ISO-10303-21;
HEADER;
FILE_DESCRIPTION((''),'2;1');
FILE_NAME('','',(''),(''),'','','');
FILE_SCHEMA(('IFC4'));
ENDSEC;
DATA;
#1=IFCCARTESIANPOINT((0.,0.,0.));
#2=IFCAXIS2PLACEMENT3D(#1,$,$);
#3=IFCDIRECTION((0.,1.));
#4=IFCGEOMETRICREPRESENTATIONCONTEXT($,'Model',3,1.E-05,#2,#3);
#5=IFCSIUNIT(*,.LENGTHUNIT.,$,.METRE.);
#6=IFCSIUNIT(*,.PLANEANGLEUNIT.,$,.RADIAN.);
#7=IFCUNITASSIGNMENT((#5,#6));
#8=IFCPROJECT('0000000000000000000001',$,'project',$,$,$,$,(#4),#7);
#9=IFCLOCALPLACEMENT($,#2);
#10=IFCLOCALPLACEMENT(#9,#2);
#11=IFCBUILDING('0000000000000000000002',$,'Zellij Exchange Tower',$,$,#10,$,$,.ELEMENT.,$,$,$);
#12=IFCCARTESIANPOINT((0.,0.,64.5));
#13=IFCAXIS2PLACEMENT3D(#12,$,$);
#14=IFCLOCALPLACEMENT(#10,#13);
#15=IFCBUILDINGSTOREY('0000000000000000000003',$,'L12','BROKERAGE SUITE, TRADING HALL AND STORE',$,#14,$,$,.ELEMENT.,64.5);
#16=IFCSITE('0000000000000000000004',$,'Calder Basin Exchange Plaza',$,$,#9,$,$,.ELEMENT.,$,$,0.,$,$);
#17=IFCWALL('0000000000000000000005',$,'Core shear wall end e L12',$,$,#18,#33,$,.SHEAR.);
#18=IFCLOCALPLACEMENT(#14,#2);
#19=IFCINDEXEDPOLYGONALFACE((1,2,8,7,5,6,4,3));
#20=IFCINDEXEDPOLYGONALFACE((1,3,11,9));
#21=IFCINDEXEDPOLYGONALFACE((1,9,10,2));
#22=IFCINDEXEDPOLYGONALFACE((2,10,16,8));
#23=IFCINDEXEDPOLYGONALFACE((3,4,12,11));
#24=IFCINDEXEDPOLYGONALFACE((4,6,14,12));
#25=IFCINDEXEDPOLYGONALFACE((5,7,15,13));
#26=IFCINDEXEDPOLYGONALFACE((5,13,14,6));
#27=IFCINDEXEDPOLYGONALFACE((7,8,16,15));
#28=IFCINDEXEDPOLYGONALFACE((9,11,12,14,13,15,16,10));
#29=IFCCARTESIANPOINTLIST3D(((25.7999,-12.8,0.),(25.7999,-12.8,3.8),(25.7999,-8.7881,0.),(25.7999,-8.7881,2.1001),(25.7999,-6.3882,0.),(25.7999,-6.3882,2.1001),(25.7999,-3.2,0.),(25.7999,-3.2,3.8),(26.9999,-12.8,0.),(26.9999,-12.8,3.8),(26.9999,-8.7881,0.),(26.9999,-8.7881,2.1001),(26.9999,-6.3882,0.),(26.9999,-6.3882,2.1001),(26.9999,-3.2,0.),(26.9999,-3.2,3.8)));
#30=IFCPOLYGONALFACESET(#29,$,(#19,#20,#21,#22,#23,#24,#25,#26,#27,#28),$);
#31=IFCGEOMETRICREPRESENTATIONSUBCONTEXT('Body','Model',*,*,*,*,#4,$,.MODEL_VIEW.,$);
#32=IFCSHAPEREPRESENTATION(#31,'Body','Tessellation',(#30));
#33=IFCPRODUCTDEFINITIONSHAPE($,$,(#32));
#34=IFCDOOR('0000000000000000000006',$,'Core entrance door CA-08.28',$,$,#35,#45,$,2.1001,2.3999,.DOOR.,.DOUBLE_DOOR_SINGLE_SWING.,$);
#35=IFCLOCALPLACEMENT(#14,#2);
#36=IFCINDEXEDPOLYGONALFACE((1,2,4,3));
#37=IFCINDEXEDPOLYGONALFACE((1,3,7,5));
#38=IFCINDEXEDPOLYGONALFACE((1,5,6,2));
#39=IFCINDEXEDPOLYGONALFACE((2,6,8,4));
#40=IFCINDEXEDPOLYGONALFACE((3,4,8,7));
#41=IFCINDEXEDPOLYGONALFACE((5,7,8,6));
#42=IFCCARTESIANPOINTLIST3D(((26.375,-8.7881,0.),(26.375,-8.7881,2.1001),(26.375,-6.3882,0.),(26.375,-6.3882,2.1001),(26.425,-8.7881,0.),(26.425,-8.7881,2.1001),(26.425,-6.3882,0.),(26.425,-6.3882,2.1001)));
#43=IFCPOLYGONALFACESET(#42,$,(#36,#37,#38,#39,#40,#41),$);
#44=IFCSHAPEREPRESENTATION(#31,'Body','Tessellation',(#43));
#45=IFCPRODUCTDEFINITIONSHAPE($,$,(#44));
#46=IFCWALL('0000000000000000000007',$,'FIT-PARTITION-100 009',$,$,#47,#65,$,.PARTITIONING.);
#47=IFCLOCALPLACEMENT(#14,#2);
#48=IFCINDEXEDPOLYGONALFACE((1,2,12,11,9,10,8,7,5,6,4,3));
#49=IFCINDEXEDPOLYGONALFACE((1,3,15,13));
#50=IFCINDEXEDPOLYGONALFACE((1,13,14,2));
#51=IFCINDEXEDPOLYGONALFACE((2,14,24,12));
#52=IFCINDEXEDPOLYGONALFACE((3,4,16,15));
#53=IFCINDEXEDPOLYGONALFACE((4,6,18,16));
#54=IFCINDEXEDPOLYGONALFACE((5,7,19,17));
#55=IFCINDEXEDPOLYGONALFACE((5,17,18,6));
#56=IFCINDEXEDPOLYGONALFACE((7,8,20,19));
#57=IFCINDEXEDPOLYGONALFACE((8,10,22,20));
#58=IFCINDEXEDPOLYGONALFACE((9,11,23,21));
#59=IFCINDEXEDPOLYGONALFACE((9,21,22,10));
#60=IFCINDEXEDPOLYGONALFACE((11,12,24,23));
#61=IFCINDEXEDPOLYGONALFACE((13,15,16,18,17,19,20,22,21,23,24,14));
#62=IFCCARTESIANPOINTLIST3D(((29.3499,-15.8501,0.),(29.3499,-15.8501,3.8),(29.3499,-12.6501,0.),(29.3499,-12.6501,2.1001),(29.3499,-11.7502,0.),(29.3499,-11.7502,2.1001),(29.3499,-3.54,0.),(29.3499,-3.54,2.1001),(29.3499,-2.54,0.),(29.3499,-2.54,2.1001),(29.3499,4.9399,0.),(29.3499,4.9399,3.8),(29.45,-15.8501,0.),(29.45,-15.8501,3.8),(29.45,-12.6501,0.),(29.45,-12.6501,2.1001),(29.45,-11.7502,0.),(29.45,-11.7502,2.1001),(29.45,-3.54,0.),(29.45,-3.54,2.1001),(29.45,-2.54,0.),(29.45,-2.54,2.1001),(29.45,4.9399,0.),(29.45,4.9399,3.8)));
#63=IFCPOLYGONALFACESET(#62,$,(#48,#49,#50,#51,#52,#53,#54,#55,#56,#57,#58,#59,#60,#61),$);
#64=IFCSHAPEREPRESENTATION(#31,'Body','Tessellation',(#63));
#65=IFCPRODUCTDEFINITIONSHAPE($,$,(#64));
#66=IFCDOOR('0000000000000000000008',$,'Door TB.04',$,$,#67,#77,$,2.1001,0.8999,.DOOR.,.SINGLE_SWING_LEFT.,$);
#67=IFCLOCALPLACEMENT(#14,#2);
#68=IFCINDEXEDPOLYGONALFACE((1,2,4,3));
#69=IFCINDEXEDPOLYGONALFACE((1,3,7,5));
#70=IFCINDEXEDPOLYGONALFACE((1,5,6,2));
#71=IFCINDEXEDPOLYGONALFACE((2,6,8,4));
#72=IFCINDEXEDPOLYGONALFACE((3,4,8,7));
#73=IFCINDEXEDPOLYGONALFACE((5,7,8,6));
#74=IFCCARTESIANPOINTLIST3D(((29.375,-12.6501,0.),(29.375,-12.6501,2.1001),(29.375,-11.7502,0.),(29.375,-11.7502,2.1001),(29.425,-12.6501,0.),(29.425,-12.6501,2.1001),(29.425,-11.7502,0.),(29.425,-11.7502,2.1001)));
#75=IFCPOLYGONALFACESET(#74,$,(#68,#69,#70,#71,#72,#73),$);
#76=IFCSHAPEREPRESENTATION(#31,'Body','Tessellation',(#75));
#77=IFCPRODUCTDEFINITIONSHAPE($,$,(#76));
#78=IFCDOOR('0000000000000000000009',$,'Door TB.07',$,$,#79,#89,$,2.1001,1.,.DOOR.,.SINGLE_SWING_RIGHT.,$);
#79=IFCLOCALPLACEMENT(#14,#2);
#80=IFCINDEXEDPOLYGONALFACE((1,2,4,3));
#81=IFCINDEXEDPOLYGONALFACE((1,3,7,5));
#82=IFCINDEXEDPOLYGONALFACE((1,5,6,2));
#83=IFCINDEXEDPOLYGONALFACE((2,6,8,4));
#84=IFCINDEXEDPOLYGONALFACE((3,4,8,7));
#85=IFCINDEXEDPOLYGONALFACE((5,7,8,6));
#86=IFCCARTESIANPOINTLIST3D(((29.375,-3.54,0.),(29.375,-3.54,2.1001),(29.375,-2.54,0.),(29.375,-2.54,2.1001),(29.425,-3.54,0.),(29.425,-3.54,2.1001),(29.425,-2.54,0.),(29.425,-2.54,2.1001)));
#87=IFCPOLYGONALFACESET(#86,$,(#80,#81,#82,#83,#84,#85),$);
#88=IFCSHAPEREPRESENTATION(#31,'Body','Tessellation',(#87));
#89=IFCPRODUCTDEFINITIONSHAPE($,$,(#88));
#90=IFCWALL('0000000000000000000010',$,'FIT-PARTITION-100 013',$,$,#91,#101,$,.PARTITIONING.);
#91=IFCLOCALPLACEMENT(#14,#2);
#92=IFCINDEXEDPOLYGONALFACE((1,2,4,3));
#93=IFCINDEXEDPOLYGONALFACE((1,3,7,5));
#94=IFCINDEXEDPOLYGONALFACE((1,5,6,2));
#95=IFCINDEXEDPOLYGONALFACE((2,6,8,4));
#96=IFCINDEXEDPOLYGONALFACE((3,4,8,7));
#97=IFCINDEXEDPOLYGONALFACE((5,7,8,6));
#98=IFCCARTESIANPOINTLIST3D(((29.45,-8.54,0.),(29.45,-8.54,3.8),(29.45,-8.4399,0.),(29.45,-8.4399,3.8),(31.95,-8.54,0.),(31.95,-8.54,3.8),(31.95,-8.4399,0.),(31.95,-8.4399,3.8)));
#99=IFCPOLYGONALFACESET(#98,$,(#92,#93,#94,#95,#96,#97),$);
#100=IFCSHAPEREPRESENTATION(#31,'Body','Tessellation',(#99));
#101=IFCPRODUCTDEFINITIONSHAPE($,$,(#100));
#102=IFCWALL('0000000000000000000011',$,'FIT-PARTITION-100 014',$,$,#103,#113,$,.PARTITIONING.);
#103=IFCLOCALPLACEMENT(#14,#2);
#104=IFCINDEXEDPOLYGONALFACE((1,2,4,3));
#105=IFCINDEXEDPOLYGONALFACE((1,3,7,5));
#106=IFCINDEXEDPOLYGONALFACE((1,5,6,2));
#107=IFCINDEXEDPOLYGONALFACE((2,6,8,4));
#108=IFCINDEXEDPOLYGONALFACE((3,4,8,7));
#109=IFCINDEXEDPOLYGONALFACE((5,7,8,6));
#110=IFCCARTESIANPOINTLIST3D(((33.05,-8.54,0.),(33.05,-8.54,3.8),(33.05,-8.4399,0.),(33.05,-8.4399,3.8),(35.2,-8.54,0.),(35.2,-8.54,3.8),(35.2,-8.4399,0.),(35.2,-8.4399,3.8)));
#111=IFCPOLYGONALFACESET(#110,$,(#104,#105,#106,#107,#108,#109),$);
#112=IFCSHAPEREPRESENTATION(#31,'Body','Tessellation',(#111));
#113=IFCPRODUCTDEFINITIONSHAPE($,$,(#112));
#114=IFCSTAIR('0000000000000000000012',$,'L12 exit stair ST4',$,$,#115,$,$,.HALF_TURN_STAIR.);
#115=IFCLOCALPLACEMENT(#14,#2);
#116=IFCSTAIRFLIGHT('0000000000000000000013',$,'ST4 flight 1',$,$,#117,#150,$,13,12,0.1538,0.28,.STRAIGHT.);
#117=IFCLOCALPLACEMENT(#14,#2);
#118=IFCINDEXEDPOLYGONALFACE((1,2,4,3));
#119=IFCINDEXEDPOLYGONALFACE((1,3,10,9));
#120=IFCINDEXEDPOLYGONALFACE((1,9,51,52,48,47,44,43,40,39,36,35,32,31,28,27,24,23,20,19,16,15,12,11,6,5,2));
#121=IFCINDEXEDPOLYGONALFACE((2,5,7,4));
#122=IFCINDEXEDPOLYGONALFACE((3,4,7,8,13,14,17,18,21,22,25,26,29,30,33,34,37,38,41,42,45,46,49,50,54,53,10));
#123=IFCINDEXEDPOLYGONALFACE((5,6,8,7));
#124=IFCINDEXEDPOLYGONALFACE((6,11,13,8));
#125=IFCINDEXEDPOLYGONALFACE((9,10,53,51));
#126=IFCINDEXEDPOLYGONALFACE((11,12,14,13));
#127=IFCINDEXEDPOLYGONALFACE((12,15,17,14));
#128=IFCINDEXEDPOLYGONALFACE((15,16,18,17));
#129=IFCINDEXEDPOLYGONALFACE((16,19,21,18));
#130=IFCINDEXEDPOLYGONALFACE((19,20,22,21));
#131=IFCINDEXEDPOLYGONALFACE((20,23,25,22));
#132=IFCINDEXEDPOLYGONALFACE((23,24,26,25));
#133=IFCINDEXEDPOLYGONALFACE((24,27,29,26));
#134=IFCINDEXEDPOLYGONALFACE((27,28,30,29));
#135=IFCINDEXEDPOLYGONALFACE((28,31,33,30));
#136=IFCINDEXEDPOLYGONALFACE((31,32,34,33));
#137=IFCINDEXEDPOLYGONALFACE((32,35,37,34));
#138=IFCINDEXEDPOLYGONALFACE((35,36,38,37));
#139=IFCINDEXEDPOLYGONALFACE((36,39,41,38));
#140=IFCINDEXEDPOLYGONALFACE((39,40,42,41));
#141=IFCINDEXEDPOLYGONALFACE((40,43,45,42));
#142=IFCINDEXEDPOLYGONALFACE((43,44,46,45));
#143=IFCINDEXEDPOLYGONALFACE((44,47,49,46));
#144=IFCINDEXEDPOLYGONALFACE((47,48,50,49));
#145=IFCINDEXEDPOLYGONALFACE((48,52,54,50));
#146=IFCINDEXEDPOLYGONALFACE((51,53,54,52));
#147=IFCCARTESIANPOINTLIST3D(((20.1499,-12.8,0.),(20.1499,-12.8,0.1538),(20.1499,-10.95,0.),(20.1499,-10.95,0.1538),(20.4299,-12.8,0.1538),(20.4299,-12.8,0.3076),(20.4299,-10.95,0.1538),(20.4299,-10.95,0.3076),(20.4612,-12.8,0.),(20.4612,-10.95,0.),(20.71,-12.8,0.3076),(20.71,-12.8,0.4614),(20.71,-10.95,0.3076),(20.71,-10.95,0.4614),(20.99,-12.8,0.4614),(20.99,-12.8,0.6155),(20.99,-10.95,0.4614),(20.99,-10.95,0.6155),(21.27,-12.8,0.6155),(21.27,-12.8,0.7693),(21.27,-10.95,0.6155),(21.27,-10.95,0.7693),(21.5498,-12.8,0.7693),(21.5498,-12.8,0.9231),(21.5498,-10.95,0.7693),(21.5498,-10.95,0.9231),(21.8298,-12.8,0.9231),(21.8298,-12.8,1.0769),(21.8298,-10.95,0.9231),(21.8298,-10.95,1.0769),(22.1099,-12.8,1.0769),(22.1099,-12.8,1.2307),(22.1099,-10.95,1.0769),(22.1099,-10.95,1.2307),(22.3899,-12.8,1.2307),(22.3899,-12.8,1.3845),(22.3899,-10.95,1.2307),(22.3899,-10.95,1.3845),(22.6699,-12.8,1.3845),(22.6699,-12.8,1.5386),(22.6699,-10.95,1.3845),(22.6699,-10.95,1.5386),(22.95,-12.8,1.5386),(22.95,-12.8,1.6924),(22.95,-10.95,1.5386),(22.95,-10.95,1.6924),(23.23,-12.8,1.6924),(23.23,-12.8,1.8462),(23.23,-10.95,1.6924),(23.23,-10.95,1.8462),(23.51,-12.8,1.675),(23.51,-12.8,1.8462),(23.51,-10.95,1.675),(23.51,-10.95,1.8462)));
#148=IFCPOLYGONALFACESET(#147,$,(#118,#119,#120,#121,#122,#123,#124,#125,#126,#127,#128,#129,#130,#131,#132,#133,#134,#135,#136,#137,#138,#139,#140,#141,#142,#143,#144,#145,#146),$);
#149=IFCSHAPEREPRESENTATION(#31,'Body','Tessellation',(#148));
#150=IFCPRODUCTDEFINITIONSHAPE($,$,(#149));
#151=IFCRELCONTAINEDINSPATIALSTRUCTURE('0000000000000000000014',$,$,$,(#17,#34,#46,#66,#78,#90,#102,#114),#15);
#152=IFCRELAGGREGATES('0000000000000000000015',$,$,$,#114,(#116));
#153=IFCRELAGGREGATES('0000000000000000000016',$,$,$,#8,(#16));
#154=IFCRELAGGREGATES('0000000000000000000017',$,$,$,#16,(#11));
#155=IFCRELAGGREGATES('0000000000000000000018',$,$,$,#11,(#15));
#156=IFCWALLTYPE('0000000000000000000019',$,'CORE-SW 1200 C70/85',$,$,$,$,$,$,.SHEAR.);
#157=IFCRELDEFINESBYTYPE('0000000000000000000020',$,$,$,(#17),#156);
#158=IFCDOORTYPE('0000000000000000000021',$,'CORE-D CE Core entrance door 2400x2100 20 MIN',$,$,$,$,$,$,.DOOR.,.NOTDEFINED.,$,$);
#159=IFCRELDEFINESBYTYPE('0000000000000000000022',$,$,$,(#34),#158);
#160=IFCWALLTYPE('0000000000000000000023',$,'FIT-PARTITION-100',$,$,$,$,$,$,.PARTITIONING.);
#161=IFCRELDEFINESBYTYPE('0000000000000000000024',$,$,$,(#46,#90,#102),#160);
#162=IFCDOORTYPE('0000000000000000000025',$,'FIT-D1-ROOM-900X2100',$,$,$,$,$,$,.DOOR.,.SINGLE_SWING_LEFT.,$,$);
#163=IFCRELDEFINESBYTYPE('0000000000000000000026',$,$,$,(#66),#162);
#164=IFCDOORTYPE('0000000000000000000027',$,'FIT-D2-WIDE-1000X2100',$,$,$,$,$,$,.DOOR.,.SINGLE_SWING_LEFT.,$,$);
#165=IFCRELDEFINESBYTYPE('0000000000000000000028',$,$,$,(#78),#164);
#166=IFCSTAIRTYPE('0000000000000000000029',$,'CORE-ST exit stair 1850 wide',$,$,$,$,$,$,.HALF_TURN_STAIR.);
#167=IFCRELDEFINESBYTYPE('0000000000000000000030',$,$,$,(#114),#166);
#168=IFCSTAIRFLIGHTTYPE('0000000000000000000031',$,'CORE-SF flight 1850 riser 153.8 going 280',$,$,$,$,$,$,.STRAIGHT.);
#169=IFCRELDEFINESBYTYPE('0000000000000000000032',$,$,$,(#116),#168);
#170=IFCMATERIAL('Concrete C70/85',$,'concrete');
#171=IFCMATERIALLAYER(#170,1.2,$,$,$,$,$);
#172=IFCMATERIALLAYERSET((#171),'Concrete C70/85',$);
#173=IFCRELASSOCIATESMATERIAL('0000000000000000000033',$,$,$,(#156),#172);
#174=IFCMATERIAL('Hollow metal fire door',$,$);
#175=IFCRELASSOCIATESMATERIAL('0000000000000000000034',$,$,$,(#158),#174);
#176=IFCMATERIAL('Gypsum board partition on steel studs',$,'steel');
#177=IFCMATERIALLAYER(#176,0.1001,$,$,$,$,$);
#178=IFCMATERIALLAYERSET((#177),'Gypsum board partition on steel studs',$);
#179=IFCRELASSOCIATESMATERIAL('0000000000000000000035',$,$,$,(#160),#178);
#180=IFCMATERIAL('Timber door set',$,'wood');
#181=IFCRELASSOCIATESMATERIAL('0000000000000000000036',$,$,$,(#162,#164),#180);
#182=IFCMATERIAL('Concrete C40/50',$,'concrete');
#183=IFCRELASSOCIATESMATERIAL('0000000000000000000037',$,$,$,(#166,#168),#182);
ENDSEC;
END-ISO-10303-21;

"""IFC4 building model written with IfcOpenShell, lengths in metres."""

from ifc_helpers import new_model, si_unit, direction, frame, frame_2d, origin, place, context, subcontext, project, spatial, polyline, rectangle, outline, extrude, material, layer, layer_set, type_object, element, fill, aggregate, save


model = new_model("IFC4")

# Units and contexts
model_context = context("Model", 3, precision=1e-05, world=origin(), true_north=direction((0.0, 1.0)))
body_context = subcontext(model_context, "Body", "Model", "MODEL_VIEW")
ifc_project = project(units=[si_unit("LENGTHUNIT", "METRE"), si_unit("PLANEANGLEUNIT", "RADIAN")], contexts=[model_context])

# Site, building, storey
site_placement = place(None, origin())
site = spatial("IfcSite", under=ifc_project, at=site_placement, Name="Calder Basin Exchange Plaza", CompositionType="ELEMENT", RefElevation=0.0)
building_placement = place(site_placement, origin())
building = spatial("IfcBuilding", under=site, at=building_placement, Name="Zellij Exchange Tower", CompositionType="ELEMENT")
storey_placement = place(building_placement, frame((0.0, 0.0, 64.5)))
storey = spatial("IfcBuildingStorey", under=building, at=storey_placement, Name="L12", Description="BROKERAGE SUITE, TRADING HALL AND STORE", CompositionType="ELEMENT", Elevation=64.5)

# Shared definitions
ifc_material_1 = material(Name="Concrete C70/85", Category="concrete")

# Wall, opening, door
ifc_layer_1 = layer(ifc_material_1, 1.2)
ifc_layer_set_1 = layer_set([ifc_layer_1], Name="Concrete C70/85")
wall_type_1 = type_object("IfcWallType", Name="CORE-SW 1200 C70/85", PredefinedType="SHEAR", material=ifc_layer_set_1)
wall_1_placement = place(storey_placement, frame((26.3999, -12.8, 0.0), z_axis=(0.0, 0.0, 1.0), x_axis=(0.0, 1.0, 0.0)))
wall_1 = element("IfcWall", 1, at=wall_1_placement, inside=storey, type_object=wall_type_1, Name="Core shear wall end e L12", PredefinedType="SHEAR", context=body_context, shape_type="SweptSolid", body=[
    extrude(rectangle(XDim=9.6001, YDim=1.2, at=frame_2d((4.8, 0.0))), origin(), (0.0, 0.0, 1.0), 3.8),
])
opening_1_placement = place(wall_1_placement, frame((4.012, 0.0, 0.0)))
opening_1 = element("IfcOpeningElement", 2, at=opening_1_placement, cuts=wall_1, PredefinedType="OPENING", context=body_context, shape_type="SweptSolid", body=[
    extrude(rectangle(XDim=2.3999, YDim=2.1001, at=frame_2d((1.2, 1.05))), frame((0.0, 0.6118, 0.0), z_axis=(0.0, -1.0, 0.0), x_axis=(1.0, 0.0, 0.0)), (0.0, 0.0, 1.0), 1.2239),
])
ifc_material_2 = material(Name="Hollow metal fire door")
door_type_1 = type_object("IfcDoorType", Name="CORE-D CE Core entrance door 2400x2100 20 MIN", OperationType="NOTDEFINED", PredefinedType="DOOR", material=ifc_material_2)
door_1_placement = place(opening_1_placement, origin())
door_1 = element("IfcDoor", 3, at=door_1_placement, inside=storey, type_object=door_type_1, Name="Core entrance door CA-08.28", OperationType="DOUBLE_DOOR_SINGLE_SWING", OverallHeight=2.1001, OverallWidth=2.3999, PredefinedType="DOOR", context=body_context, shape_type="SweptSolid", body=[
    extrude(rectangle(XDim=2.3999, YDim=2.1001, at=frame_2d((1.2, 1.05))), frame((0.0, 0.0249, 0.0), z_axis=(0.0, -1.0, 0.0), x_axis=(1.0, 0.0, 0.0)), (0.0, 0.0, 1.0), 0.05),
])
fill(opening_1, door_1)

# Wall, openings, doors
ifc_material_3 = material(Name="Gypsum board partition on steel studs", Category="steel")
ifc_layer_2 = layer(ifc_material_3, 0.1001)
ifc_layer_set_2 = layer_set([ifc_layer_2], Name="Gypsum board partition on steel studs")
wall_type_2 = type_object("IfcWallType", Name="FIT-PARTITION-100", PredefinedType="PARTITIONING", material=ifc_layer_set_2)
wall_2_placement = place(storey_placement, frame((29.3999, -15.8501, 0.0), z_axis=(0.0, 0.0, 1.0), x_axis=(0.0, 1.0, 0.0)))
wall_2 = element("IfcWall", 4, at=wall_2_placement, inside=storey, type_object=wall_type_2, Name="FIT-PARTITION-100 009", PredefinedType="PARTITIONING", context=body_context, shape_type="SweptSolid", body=[
    extrude(rectangle(XDim=20.79, YDim=0.1001, at=frame_2d((10.395, 0.0))), origin(), (0.0, 0.0, 1.0), 3.8),
])
opening_2_placement = place(wall_2_placement, frame((3.2, 0.0, 0.0)))
opening_2 = element("IfcOpeningElement", 5, at=opening_2_placement, cuts=wall_2, PredefinedType="OPENING", context=body_context, shape_type="SweptSolid", body=[
    extrude(rectangle(XDim=0.8999, YDim=2.1001, at=frame_2d((0.45, 1.05))), frame((0.0, 0.062, 0.0), z_axis=(0.0, -1.0, 0.0), x_axis=(1.0, 0.0, 0.0)), (0.0, 0.0, 1.0), 0.124),
])
opening_3_placement = place(wall_2_placement, frame((12.3101, 0.0, 0.0)))
opening_3 = element("IfcOpeningElement", 6, at=opening_3_placement, cuts=wall_2, PredefinedType="OPENING", context=body_context, shape_type="SweptSolid", body=[
    extrude(rectangle(XDim=1.0, YDim=2.1001, at=frame_2d((0.5, 1.05))), frame((0.0, 0.062, 0.0), z_axis=(0.0, -1.0, 0.0), x_axis=(1.0, 0.0, 0.0)), (0.0, 0.0, 1.0), 0.124),
])
ifc_material_4 = material(Name="Timber door set", Category="wood")
door_type_2 = type_object("IfcDoorType", Name="FIT-D1-ROOM-900X2100", OperationType="SINGLE_SWING_LEFT", PredefinedType="DOOR", material=ifc_material_4)
door_2_placement = place(opening_2_placement, origin())
door_2 = element("IfcDoor", 7, at=door_2_placement, inside=storey, type_object=door_type_2, Name="Door TB.04", OperationType="SINGLE_SWING_LEFT", OverallHeight=2.1001, OverallWidth=0.8999, PredefinedType="DOOR", context=body_context, shape_type="SweptSolid", body=[
    extrude(rectangle(XDim=0.8999, YDim=2.1001, at=frame_2d((0.45, 1.05))), frame((0.0, 0.0249, 0.0), z_axis=(0.0, -1.0, 0.0), x_axis=(1.0, 0.0, 0.0)), (0.0, 0.0, 1.0), 0.05),
])
fill(opening_2, door_2)
door_type_3 = type_object("IfcDoorType", Name="FIT-D2-WIDE-1000X2100", OperationType="SINGLE_SWING_LEFT", PredefinedType="DOOR", material=ifc_material_4)
door_3_placement = place(opening_3_placement, origin())
door_3 = element("IfcDoor", 8, at=door_3_placement, inside=storey, type_object=door_type_3, Name="Door TB.07", OperationType="SINGLE_SWING_RIGHT", OverallHeight=2.1001, OverallWidth=1.0, PredefinedType="DOOR", context=body_context, shape_type="SweptSolid", body=[
    extrude(rectangle(XDim=1.0, YDim=2.1001, at=frame_2d((0.5, 1.05))), frame((0.0, 0.0249, 0.0), z_axis=(0.0, -1.0, 0.0), x_axis=(1.0, 0.0, 0.0)), (0.0, 0.0, 1.0), 0.05),
])
fill(opening_3, door_3)

# Walls
wall_3_placement = place(storey_placement, frame((29.45, -8.49, 0.0), z_axis=(0.0, 0.0, 1.0), x_axis=(1.0, 0.0, 0.0)))
element("IfcWall", 9, at=wall_3_placement, inside=storey, type_object=wall_type_2, Name="FIT-PARTITION-100 013", PredefinedType="PARTITIONING", context=body_context, shape_type="SweptSolid", body=[
    extrude(rectangle(XDim=2.5, YDim=0.1001, at=frame_2d((1.25, 0.0))), origin(), (0.0, 0.0, 1.0), 3.8),
])
wall_4_placement = place(storey_placement, frame((33.05, -8.49, 0.0), z_axis=(0.0, 0.0, 1.0), x_axis=(1.0, 0.0, 0.0)))
element("IfcWall", 10, at=wall_4_placement, inside=storey, type_object=wall_type_2, Name="FIT-PARTITION-100 014", PredefinedType="PARTITIONING", context=body_context, shape_type="SweptSolid", body=[
    extrude(rectangle(XDim=2.1499, YDim=0.1001, at=frame_2d((1.075, 0.0))), origin(), (0.0, 0.0, 1.0), 3.8),
])

# Stair, stair flight
ifc_material_5 = material(Name="Concrete C40/50", Category="concrete")
stair_type = type_object("IfcStairType", Name="CORE-ST exit stair 1850 wide", PredefinedType="HALF_TURN_STAIR", material=ifc_material_5)
stair_placement = place(storey_placement, origin())
stair = element("IfcStair", 11, at=stair_placement, inside=storey, type_object=stair_type, Name="L12 exit stair ST4", PredefinedType="HALF_TURN_STAIR")
stair_flight_type = type_object("IfcStairFlightType", Name="CORE-SF flight 1850 riser 153.8 going 280", PredefinedType="STRAIGHT", material=ifc_material_5)
stair_flight_1_placement = place(storey_placement, frame((20.1499, -11.875, 0.0), z_axis=(0.0, 0.0, 1.0), x_axis=(1.0, 0.0, 0.0)))
stair_flight_1 = element("IfcStairFlight", 12, at=stair_flight_1_placement, type_object=stair_flight_type, Name="ST4 flight 1", NumberOfRisers=13, NumberOfTreads=12, PredefinedType="STRAIGHT", RiserHeight=0.1538, TreadLength=0.28, context=body_context, shape_type="SweptSolid", body=[
    extrude(outline(polyline([(0.0, 0.0), (0.0, 0.1538), (0.28, 0.1538), (0.28, 0.3076), (0.5601, 0.3076), (0.5601, 0.4614), (0.8401, 0.4614), (0.8401, 0.6155), (1.1201, 0.6155), (1.1201, 0.7693), (1.3999, 0.7693), (1.3999, 0.9231), (1.6799, 0.9231), (1.6799, 1.0769), (1.96, 1.0769), (1.96, 1.2307), (2.24, 1.2307), (2.24, 1.3845), (2.52, 1.3845), (2.52, 1.5386), (2.8, 1.5386), (2.8, 1.6924), (3.0801, 1.6924), (3.0801, 1.8462), (3.3601, 1.8462), (3.3601, 2.0), (3.3601, 1.675), (0.3113, 0.0), (0.0, 0.0)])), frame((0.0, 0.925, 0.0), z_axis=(0.0, -1.0, 0.0), x_axis=(1.0, 0.0, 0.0)), (0.0, 0.0, 1.0), 1.8501),
])
aggregate(stair, [stair_flight_1])

save(model, "model.ifc")
